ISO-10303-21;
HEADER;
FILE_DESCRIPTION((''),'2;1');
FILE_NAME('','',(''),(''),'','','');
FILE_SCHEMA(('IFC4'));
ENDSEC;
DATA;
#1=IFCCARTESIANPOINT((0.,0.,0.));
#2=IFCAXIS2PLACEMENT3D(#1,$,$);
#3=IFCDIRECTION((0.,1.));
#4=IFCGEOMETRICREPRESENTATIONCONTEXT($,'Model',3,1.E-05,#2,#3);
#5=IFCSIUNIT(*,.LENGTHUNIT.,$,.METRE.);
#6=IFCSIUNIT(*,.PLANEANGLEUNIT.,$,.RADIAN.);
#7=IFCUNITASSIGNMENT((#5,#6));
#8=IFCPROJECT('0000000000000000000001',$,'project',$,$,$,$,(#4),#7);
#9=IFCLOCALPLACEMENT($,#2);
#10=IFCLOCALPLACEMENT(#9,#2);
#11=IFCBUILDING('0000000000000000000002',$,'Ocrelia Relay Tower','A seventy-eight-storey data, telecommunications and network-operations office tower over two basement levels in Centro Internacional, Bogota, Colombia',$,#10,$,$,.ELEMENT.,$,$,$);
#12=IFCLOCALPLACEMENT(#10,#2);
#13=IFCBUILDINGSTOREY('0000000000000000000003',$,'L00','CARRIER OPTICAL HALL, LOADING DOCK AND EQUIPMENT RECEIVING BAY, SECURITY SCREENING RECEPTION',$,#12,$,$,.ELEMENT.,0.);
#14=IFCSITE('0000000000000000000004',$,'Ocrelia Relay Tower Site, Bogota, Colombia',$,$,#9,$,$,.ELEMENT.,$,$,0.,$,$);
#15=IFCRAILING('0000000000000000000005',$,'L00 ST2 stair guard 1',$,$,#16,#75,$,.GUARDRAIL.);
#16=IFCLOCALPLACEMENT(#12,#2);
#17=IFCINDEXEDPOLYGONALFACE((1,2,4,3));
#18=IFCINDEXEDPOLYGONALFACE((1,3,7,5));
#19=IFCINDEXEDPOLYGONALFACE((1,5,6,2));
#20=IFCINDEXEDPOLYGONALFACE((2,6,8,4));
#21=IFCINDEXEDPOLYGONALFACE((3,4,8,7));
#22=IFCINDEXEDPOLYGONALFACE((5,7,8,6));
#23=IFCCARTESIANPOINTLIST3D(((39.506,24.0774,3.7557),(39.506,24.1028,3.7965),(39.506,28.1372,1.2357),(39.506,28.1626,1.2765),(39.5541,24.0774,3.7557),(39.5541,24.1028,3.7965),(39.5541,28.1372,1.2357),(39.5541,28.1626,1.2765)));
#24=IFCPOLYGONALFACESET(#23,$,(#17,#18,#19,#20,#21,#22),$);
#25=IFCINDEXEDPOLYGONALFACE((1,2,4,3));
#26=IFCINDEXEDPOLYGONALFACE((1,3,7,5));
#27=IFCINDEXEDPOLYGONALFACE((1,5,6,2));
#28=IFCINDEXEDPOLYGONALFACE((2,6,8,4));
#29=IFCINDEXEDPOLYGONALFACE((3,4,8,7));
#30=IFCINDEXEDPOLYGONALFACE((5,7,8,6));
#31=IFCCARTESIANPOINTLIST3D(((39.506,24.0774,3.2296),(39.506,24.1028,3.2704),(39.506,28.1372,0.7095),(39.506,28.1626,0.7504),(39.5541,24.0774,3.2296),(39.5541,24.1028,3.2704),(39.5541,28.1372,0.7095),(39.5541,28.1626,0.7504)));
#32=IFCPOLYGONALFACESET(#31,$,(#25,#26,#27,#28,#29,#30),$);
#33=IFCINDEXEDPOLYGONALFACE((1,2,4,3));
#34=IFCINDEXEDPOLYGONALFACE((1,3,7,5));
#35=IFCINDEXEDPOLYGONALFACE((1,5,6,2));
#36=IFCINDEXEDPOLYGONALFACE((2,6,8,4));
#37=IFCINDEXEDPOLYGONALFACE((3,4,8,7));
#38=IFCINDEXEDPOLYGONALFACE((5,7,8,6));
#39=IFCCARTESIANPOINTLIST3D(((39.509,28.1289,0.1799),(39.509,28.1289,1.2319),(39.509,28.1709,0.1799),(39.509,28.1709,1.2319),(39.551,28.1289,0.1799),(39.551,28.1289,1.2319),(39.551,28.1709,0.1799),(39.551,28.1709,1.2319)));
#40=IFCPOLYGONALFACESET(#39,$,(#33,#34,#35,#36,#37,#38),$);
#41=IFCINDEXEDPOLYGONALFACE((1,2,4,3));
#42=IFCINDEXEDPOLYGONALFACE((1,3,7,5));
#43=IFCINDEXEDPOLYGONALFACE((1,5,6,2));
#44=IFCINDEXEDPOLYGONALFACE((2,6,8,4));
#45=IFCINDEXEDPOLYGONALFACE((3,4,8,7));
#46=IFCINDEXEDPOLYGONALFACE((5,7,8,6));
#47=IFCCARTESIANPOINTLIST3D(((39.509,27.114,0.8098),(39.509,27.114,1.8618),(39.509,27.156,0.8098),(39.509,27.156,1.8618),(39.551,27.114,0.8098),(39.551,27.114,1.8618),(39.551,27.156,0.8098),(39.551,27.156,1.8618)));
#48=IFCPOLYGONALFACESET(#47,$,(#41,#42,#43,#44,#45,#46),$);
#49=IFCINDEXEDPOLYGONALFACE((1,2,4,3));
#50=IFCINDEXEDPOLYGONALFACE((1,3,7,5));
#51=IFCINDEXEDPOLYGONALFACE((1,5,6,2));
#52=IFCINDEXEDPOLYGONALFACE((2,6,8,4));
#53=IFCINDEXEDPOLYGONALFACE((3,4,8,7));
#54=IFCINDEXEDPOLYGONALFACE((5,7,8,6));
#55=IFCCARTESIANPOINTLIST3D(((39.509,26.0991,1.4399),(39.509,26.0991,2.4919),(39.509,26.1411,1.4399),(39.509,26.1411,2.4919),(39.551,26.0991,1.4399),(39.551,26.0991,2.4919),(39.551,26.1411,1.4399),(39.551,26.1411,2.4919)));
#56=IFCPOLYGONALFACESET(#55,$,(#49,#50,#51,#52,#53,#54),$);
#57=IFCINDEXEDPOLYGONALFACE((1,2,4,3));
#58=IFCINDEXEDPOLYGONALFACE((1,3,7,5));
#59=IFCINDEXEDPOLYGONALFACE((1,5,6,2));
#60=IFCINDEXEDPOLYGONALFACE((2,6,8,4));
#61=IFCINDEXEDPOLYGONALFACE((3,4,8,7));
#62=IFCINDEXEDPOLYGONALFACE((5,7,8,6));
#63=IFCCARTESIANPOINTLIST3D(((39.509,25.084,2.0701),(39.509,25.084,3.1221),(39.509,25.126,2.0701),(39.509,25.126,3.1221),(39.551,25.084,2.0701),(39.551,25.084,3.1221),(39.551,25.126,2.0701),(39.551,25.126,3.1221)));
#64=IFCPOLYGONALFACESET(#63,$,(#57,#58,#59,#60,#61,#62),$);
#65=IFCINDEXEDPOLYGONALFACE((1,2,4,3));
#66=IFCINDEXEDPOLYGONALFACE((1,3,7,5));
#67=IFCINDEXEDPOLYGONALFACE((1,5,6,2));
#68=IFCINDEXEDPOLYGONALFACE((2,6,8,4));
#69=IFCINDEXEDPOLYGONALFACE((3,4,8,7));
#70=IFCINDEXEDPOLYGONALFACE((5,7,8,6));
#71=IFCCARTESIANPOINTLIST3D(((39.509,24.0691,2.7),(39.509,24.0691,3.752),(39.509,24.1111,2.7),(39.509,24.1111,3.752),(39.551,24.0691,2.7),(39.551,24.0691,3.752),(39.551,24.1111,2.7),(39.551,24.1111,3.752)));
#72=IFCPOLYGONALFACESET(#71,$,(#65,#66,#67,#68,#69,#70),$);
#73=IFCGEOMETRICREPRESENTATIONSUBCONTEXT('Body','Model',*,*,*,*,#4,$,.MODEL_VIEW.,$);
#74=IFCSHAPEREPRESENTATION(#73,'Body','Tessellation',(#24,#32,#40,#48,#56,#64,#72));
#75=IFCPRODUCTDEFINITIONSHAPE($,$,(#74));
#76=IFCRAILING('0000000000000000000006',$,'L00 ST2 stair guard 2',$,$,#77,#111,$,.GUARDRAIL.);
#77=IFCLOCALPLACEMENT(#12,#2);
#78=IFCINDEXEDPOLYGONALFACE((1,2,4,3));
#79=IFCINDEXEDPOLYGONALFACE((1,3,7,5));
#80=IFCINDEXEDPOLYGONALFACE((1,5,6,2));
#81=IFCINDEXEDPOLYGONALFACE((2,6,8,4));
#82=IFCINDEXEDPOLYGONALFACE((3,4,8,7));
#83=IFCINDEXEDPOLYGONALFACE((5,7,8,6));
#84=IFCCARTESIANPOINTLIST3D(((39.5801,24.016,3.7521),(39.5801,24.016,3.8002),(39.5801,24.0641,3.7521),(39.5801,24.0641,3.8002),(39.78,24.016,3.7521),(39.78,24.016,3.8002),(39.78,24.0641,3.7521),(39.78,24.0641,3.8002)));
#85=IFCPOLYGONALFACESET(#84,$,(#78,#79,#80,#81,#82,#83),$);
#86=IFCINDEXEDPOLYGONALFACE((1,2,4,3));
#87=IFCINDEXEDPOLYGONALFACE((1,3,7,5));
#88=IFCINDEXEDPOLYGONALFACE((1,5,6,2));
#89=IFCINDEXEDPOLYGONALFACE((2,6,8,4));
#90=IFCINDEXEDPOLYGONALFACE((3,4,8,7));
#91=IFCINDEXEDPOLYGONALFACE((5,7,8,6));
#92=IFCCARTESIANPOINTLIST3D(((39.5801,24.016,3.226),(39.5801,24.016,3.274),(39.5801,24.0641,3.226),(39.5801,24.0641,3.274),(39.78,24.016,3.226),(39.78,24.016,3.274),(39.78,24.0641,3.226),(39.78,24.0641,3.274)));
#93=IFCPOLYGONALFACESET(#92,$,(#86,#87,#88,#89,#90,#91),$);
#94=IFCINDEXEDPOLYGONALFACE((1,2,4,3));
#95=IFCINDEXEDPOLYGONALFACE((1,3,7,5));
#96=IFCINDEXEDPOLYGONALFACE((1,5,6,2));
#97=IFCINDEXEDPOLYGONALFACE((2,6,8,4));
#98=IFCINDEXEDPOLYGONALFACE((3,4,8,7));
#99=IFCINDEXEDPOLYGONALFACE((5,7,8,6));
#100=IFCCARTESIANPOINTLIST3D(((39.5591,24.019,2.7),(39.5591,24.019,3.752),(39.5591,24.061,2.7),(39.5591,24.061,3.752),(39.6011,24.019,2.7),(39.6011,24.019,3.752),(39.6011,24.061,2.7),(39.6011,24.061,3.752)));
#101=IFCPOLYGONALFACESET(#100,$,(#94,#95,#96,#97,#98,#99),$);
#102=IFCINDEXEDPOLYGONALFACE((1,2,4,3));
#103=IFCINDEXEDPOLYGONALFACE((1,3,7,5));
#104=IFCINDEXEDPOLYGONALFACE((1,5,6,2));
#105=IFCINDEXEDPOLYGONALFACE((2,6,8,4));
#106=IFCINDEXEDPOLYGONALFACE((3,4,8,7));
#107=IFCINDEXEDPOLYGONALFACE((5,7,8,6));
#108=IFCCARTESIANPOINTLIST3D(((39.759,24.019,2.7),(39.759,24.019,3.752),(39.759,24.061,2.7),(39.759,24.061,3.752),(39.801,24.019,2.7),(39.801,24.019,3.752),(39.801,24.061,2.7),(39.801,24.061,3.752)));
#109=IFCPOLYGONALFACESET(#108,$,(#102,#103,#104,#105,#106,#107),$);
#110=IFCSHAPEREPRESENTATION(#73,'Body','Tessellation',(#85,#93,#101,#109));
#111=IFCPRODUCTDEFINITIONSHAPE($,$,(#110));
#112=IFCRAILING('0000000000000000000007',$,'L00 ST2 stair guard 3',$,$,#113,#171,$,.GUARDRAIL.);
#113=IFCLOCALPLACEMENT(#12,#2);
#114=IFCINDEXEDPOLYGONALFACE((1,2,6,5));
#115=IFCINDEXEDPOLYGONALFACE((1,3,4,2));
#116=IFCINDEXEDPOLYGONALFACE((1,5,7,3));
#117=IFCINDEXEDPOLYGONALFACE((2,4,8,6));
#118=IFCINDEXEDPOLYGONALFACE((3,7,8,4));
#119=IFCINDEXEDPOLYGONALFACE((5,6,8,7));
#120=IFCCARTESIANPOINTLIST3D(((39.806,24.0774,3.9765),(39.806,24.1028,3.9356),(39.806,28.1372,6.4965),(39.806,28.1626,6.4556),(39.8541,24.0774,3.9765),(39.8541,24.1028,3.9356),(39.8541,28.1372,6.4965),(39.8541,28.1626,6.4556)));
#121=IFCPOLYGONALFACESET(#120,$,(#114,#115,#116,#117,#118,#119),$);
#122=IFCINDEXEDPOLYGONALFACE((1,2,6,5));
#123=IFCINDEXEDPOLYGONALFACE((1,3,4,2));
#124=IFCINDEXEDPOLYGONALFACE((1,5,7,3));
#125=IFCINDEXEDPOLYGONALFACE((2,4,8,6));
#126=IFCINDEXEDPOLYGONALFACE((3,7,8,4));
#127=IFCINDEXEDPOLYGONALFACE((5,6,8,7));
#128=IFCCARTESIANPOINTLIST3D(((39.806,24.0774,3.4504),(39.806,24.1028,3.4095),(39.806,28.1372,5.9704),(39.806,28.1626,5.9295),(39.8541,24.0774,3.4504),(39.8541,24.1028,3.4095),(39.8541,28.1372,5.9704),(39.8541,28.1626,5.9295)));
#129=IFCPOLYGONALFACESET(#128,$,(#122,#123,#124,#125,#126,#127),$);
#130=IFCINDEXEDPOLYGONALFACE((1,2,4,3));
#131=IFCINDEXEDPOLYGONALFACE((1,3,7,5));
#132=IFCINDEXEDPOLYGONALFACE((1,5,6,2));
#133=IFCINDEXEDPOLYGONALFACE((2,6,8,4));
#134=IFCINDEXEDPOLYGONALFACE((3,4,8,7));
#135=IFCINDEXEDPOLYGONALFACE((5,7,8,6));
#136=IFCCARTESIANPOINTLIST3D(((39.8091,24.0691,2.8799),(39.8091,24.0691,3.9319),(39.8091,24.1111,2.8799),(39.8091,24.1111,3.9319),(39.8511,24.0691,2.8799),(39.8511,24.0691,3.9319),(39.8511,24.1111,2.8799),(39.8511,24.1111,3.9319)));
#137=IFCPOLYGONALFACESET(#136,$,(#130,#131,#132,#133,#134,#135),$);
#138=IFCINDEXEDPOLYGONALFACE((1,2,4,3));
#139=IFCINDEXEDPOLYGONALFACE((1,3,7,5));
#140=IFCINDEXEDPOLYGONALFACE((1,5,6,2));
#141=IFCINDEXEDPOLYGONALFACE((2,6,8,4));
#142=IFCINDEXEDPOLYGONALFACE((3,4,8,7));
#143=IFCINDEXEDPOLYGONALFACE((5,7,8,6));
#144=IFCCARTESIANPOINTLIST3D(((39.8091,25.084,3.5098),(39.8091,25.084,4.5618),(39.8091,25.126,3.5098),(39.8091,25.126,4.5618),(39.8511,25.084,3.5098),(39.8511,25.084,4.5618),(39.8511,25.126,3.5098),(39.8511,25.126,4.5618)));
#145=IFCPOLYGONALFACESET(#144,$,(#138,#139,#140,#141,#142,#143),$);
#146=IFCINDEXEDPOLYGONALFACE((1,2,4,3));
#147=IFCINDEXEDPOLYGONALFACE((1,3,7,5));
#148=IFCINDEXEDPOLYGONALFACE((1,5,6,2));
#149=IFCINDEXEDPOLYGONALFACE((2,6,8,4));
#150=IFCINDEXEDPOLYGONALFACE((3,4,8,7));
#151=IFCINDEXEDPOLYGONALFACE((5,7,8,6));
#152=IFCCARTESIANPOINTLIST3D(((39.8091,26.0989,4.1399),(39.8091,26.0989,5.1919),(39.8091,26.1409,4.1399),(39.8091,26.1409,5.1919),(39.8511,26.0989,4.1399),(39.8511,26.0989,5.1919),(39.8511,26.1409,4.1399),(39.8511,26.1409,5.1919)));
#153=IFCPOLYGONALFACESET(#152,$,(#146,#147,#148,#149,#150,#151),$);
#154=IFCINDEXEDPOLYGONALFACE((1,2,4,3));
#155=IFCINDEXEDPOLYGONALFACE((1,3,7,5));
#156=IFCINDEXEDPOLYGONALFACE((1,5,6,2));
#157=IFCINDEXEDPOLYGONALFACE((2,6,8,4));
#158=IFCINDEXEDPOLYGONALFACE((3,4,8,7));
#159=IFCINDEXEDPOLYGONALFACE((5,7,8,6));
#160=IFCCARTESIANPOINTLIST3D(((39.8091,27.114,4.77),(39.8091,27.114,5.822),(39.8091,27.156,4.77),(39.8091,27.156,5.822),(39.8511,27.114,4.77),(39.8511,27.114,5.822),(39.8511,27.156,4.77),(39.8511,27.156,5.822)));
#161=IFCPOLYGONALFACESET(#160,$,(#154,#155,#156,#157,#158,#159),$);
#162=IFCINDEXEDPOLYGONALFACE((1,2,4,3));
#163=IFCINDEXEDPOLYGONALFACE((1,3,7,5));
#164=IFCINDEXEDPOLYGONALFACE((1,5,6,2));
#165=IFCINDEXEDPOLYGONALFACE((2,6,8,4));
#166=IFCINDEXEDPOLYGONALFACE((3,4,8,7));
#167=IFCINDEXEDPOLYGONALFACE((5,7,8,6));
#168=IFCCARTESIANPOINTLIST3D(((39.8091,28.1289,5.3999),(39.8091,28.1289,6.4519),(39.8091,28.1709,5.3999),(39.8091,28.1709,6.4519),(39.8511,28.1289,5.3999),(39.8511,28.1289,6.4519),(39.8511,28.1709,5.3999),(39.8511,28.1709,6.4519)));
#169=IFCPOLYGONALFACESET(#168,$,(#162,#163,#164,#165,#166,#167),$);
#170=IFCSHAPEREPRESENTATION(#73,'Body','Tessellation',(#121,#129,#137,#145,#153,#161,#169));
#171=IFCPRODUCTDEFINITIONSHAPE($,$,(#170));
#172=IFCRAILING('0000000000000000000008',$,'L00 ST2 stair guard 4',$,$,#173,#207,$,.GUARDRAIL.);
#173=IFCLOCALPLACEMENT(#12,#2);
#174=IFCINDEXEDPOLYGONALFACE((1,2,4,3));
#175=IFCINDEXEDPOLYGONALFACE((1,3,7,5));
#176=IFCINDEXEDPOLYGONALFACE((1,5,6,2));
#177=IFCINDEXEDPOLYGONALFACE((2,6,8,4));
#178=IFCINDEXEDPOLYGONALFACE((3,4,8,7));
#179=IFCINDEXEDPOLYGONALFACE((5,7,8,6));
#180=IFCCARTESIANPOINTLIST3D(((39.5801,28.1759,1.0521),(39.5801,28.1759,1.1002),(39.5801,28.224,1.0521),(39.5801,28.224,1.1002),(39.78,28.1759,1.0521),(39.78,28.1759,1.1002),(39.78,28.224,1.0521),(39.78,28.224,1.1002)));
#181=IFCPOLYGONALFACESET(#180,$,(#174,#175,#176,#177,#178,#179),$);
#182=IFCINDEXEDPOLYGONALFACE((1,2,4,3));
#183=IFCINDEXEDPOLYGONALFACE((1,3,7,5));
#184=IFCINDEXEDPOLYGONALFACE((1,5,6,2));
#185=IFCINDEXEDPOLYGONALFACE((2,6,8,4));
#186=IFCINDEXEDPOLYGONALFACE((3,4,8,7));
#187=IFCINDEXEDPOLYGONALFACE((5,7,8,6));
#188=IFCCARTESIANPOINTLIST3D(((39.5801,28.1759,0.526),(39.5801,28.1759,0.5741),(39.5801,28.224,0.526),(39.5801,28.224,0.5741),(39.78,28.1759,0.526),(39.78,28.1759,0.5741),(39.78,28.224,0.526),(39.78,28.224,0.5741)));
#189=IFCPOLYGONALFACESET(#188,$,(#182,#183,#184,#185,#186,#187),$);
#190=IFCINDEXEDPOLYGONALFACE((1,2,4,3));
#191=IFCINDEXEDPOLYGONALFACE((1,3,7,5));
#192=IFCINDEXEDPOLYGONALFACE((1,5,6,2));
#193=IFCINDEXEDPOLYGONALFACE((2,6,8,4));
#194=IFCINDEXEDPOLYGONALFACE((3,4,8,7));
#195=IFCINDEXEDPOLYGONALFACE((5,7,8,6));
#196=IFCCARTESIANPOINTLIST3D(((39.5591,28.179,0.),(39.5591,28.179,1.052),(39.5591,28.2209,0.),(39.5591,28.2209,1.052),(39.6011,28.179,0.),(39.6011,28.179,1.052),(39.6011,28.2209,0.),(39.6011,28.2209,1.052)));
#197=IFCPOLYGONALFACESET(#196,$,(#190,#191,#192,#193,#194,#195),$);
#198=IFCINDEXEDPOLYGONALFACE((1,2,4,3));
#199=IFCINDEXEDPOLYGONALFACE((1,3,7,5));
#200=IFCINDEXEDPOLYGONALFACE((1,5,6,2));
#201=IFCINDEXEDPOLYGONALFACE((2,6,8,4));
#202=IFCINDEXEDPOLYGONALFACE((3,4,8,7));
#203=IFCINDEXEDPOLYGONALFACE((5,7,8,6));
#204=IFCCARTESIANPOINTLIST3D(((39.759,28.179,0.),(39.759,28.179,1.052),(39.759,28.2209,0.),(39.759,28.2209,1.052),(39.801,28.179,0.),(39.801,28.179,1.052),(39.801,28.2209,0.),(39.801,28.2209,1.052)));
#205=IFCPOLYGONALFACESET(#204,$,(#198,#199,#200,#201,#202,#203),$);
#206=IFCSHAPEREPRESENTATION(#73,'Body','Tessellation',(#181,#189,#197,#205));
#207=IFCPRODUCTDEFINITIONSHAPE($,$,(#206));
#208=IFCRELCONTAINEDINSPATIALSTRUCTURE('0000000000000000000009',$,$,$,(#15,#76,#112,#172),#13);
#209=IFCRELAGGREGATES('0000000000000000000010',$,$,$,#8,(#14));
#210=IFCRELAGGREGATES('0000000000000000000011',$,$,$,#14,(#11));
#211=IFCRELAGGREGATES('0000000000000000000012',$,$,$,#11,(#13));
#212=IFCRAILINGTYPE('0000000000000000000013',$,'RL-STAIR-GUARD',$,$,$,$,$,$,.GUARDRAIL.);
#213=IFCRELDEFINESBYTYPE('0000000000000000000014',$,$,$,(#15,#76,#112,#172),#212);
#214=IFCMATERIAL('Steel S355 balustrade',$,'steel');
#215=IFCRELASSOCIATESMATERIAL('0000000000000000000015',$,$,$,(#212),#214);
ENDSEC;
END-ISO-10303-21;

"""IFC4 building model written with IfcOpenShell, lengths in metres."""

from ifc_helpers import new_model, si_unit, direction, frame, origin, origin_2d, place, context, subcontext, project, spatial, rectangle, extrude, material, type_object, element, save


model = new_model("IFC4")

# Units and contexts
model_context = context("Model", 3, precision=1e-05, world=origin(), true_north=direction((0.0, 1.0)))
body_context = subcontext(model_context, "Body", "Model", "MODEL_VIEW")
ifc_project = project(units=[si_unit("LENGTHUNIT", "METRE"), si_unit("PLANEANGLEUNIT", "RADIAN")], contexts=[model_context])

# Site, building, storey
site_placement = place(None, origin())
site = spatial("IfcSite", under=ifc_project, at=site_placement, Name="Ocrelia Relay Tower Site, Bogota, Colombia", CompositionType="ELEMENT", RefElevation=0.0)
building_placement = place(site_placement, origin())
building = spatial("IfcBuilding", under=site, at=building_placement, Name="Ocrelia Relay Tower", Description="A seventy-eight-storey data, telecommunications and network-operations office tower over two basement levels in Centro Internacional, Bogota, Colombia", CompositionType="ELEMENT")
storey_placement = place(building_placement, origin())
storey = spatial("IfcBuildingStorey", under=building, at=storey_placement, Name="L00", Description="CARRIER OPTICAL HALL, LOADING DOCK AND EQUIPMENT RECEIVING BAY, SECURITY SCREENING RECEPTION", CompositionType="ELEMENT", Elevation=0.0)

# Railings
ifc_material_1 = material(Name="Steel S355 balustrade", Category="steel")
railing_type_1 = type_object("IfcRailingType", Name="RL-STAIR-GUARD", PredefinedType="GUARDRAIL", material=ifc_material_1)
railing_1_placement = place(storey_placement, frame((39.53, 28.1499, 0.1799)))
element("IfcRailing", 1, at=railing_1_placement, inside=storey, type_object=railing_type_1, Name="L00 ST2 stair guard 1", PredefinedType="GUARDRAIL", context=body_context, shape_type="SweptSolid", body=[
    extrude(rectangle(XDim=0.0481, YDim=0.0481, at=origin_2d()), frame((0.0, 0.0, 1.0762), z_axis=(0.0, -0.849628, 0.527383), x_axis=(1.0, 0.0, 0.0)), (0.0, 0.0, 1.0), 4.7783),
    extrude(rectangle(XDim=0.0481, YDim=0.0481, at=origin_2d()), frame((0.0, 0.0, 0.55), z_axis=(0.0, -0.849628, 0.527383), x_axis=(1.0, 0.0, 0.0)), (0.0, 0.0, 1.0), 4.7783),
    extrude(rectangle(XDim=0.042, YDim=0.042, at=origin_2d()), origin(), (0.0, 0.0, 1.0), 1.052),
    extrude(rectangle(XDim=0.042, YDim=0.042, at=origin_2d()), frame((0.0, -1.0149, 0.6299)), (0.0, 0.0, 1.0), 1.052),
    extrude(rectangle(XDim=0.042, YDim=0.042, at=origin_2d()), frame((0.0, -2.0298, 1.26)), (0.0, 0.0, 1.0), 1.052),
    extrude(rectangle(XDim=0.042, YDim=0.042, at=origin_2d()), frame((0.0, -3.0449, 1.8901)), (0.0, 0.0, 1.0), 1.052),
    extrude(rectangle(XDim=0.042, YDim=0.042, at=origin_2d()), frame((0.0, -4.0598, 2.52)), (0.0, 0.0, 1.0), 1.052),
])
railing_2_placement = place(storey_placement, frame((39.5801, 24.04, 2.7)))
element("IfcRailing", 2, at=railing_2_placement, inside=storey, type_object=railing_type_1, Name="L00 ST2 stair guard 2", PredefinedType="GUARDRAIL", context=body_context, shape_type="SweptSolid", body=[
    extrude(rectangle(XDim=0.0481, YDim=0.0481, at=origin_2d()), frame((0.0, 0.0, 1.0762), z_axis=(1.0, 0.0, 0.0), x_axis=(0.0, 1.0, 0.0)), (0.0, 0.0, 1.0), 0.2),
    extrude(rectangle(XDim=0.0481, YDim=0.0481, at=origin_2d()), frame((0.0, 0.0, 0.55), z_axis=(1.0, 0.0, 0.0), x_axis=(0.0, 1.0, 0.0)), (0.0, 0.0, 1.0), 0.2),
    extrude(rectangle(XDim=0.042, YDim=0.042, at=origin_2d()), origin(), (0.0, 0.0, 1.0), 1.052),
    extrude(rectangle(XDim=0.042, YDim=0.042, at=origin_2d()), frame((0.2, 0.0, 0.0)), (0.0, 0.0, 1.0), 1.052),
])
railing_3_placement = place(storey_placement, frame((39.8301, 24.0901, 2.8799)))
element("IfcRailing", 3, at=railing_3_placement, inside=storey, type_object=railing_type_1, Name="L00 ST2 stair guard 3", PredefinedType="GUARDRAIL", context=body_context, shape_type="SweptSolid", body=[
    extrude(rectangle(XDim=0.0481, YDim=0.0481, at=origin_2d()), frame((0.0, 0.0, 1.0762), z_axis=(0.0, 0.849628, 0.527383), x_axis=(-1.0, 0.0, 0.0)), (0.0, 0.0, 1.0), 4.7783),
    extrude(rectangle(XDim=0.0481, YDim=0.0481, at=origin_2d()), frame((0.0, 0.0, 0.55), z_axis=(0.0, 0.849628, 0.527383), x_axis=(-1.0, 0.0, 0.0)), (0.0, 0.0, 1.0), 4.7783),
    extrude(rectangle(XDim=0.042, YDim=0.042, at=origin_2d()), origin(), (0.0, 0.0, 1.0), 1.052),
    extrude(rectangle(XDim=0.042, YDim=0.042, at=origin_2d()), frame((0.0, 1.0149, 0.6299)), (0.0, 0.0, 1.0), 1.052),
    extrude(rectangle(XDim=0.042, YDim=0.042, at=origin_2d()), frame((0.0, 2.0298, 1.26)), (0.0, 0.0, 1.0), 1.052),
    extrude(rectangle(XDim=0.042, YDim=0.042, at=origin_2d()), frame((0.0, 3.0449, 1.8901)), (0.0, 0.0, 1.0), 1.052),
    extrude(rectangle(XDim=0.042, YDim=0.042, at=origin_2d()), frame((0.0, 4.0598, 2.52)), (0.0, 0.0, 1.0), 1.052),
])
railing_4_placement = place(storey_placement, frame((39.5801, 28.2, 0.0)))
element("IfcRailing", 4, at=railing_4_placement, inside=storey, type_object=railing_type_1, Name="L00 ST2 stair guard 4", PredefinedType="GUARDRAIL", context=body_context, shape_type="SweptSolid", body=[
    extrude(rectangle(XDim=0.0481, YDim=0.0481, at=origin_2d()), frame((0.0, 0.0, 1.0762), z_axis=(1.0, 0.0, 0.0), x_axis=(0.0, 1.0, 0.0)), (0.0, 0.0, 1.0), 0.2),
    extrude(rectangle(XDim=0.0481, YDim=0.0481, at=origin_2d()), frame((0.0, 0.0, 0.55), z_axis=(1.0, 0.0, 0.0), x_axis=(0.0, 1.0, 0.0)), (0.0, 0.0, 1.0), 0.2),
    extrude(rectangle(XDim=0.042, YDim=0.042, at=origin_2d()), origin(), (0.0, 0.0, 1.0), 1.052),
    extrude(rectangle(XDim=0.042, YDim=0.042, at=origin_2d()), frame((0.2, 0.0, 0.0)), (0.0, 0.0, 1.0), 1.052),
])

save(model, "model.ifc")
